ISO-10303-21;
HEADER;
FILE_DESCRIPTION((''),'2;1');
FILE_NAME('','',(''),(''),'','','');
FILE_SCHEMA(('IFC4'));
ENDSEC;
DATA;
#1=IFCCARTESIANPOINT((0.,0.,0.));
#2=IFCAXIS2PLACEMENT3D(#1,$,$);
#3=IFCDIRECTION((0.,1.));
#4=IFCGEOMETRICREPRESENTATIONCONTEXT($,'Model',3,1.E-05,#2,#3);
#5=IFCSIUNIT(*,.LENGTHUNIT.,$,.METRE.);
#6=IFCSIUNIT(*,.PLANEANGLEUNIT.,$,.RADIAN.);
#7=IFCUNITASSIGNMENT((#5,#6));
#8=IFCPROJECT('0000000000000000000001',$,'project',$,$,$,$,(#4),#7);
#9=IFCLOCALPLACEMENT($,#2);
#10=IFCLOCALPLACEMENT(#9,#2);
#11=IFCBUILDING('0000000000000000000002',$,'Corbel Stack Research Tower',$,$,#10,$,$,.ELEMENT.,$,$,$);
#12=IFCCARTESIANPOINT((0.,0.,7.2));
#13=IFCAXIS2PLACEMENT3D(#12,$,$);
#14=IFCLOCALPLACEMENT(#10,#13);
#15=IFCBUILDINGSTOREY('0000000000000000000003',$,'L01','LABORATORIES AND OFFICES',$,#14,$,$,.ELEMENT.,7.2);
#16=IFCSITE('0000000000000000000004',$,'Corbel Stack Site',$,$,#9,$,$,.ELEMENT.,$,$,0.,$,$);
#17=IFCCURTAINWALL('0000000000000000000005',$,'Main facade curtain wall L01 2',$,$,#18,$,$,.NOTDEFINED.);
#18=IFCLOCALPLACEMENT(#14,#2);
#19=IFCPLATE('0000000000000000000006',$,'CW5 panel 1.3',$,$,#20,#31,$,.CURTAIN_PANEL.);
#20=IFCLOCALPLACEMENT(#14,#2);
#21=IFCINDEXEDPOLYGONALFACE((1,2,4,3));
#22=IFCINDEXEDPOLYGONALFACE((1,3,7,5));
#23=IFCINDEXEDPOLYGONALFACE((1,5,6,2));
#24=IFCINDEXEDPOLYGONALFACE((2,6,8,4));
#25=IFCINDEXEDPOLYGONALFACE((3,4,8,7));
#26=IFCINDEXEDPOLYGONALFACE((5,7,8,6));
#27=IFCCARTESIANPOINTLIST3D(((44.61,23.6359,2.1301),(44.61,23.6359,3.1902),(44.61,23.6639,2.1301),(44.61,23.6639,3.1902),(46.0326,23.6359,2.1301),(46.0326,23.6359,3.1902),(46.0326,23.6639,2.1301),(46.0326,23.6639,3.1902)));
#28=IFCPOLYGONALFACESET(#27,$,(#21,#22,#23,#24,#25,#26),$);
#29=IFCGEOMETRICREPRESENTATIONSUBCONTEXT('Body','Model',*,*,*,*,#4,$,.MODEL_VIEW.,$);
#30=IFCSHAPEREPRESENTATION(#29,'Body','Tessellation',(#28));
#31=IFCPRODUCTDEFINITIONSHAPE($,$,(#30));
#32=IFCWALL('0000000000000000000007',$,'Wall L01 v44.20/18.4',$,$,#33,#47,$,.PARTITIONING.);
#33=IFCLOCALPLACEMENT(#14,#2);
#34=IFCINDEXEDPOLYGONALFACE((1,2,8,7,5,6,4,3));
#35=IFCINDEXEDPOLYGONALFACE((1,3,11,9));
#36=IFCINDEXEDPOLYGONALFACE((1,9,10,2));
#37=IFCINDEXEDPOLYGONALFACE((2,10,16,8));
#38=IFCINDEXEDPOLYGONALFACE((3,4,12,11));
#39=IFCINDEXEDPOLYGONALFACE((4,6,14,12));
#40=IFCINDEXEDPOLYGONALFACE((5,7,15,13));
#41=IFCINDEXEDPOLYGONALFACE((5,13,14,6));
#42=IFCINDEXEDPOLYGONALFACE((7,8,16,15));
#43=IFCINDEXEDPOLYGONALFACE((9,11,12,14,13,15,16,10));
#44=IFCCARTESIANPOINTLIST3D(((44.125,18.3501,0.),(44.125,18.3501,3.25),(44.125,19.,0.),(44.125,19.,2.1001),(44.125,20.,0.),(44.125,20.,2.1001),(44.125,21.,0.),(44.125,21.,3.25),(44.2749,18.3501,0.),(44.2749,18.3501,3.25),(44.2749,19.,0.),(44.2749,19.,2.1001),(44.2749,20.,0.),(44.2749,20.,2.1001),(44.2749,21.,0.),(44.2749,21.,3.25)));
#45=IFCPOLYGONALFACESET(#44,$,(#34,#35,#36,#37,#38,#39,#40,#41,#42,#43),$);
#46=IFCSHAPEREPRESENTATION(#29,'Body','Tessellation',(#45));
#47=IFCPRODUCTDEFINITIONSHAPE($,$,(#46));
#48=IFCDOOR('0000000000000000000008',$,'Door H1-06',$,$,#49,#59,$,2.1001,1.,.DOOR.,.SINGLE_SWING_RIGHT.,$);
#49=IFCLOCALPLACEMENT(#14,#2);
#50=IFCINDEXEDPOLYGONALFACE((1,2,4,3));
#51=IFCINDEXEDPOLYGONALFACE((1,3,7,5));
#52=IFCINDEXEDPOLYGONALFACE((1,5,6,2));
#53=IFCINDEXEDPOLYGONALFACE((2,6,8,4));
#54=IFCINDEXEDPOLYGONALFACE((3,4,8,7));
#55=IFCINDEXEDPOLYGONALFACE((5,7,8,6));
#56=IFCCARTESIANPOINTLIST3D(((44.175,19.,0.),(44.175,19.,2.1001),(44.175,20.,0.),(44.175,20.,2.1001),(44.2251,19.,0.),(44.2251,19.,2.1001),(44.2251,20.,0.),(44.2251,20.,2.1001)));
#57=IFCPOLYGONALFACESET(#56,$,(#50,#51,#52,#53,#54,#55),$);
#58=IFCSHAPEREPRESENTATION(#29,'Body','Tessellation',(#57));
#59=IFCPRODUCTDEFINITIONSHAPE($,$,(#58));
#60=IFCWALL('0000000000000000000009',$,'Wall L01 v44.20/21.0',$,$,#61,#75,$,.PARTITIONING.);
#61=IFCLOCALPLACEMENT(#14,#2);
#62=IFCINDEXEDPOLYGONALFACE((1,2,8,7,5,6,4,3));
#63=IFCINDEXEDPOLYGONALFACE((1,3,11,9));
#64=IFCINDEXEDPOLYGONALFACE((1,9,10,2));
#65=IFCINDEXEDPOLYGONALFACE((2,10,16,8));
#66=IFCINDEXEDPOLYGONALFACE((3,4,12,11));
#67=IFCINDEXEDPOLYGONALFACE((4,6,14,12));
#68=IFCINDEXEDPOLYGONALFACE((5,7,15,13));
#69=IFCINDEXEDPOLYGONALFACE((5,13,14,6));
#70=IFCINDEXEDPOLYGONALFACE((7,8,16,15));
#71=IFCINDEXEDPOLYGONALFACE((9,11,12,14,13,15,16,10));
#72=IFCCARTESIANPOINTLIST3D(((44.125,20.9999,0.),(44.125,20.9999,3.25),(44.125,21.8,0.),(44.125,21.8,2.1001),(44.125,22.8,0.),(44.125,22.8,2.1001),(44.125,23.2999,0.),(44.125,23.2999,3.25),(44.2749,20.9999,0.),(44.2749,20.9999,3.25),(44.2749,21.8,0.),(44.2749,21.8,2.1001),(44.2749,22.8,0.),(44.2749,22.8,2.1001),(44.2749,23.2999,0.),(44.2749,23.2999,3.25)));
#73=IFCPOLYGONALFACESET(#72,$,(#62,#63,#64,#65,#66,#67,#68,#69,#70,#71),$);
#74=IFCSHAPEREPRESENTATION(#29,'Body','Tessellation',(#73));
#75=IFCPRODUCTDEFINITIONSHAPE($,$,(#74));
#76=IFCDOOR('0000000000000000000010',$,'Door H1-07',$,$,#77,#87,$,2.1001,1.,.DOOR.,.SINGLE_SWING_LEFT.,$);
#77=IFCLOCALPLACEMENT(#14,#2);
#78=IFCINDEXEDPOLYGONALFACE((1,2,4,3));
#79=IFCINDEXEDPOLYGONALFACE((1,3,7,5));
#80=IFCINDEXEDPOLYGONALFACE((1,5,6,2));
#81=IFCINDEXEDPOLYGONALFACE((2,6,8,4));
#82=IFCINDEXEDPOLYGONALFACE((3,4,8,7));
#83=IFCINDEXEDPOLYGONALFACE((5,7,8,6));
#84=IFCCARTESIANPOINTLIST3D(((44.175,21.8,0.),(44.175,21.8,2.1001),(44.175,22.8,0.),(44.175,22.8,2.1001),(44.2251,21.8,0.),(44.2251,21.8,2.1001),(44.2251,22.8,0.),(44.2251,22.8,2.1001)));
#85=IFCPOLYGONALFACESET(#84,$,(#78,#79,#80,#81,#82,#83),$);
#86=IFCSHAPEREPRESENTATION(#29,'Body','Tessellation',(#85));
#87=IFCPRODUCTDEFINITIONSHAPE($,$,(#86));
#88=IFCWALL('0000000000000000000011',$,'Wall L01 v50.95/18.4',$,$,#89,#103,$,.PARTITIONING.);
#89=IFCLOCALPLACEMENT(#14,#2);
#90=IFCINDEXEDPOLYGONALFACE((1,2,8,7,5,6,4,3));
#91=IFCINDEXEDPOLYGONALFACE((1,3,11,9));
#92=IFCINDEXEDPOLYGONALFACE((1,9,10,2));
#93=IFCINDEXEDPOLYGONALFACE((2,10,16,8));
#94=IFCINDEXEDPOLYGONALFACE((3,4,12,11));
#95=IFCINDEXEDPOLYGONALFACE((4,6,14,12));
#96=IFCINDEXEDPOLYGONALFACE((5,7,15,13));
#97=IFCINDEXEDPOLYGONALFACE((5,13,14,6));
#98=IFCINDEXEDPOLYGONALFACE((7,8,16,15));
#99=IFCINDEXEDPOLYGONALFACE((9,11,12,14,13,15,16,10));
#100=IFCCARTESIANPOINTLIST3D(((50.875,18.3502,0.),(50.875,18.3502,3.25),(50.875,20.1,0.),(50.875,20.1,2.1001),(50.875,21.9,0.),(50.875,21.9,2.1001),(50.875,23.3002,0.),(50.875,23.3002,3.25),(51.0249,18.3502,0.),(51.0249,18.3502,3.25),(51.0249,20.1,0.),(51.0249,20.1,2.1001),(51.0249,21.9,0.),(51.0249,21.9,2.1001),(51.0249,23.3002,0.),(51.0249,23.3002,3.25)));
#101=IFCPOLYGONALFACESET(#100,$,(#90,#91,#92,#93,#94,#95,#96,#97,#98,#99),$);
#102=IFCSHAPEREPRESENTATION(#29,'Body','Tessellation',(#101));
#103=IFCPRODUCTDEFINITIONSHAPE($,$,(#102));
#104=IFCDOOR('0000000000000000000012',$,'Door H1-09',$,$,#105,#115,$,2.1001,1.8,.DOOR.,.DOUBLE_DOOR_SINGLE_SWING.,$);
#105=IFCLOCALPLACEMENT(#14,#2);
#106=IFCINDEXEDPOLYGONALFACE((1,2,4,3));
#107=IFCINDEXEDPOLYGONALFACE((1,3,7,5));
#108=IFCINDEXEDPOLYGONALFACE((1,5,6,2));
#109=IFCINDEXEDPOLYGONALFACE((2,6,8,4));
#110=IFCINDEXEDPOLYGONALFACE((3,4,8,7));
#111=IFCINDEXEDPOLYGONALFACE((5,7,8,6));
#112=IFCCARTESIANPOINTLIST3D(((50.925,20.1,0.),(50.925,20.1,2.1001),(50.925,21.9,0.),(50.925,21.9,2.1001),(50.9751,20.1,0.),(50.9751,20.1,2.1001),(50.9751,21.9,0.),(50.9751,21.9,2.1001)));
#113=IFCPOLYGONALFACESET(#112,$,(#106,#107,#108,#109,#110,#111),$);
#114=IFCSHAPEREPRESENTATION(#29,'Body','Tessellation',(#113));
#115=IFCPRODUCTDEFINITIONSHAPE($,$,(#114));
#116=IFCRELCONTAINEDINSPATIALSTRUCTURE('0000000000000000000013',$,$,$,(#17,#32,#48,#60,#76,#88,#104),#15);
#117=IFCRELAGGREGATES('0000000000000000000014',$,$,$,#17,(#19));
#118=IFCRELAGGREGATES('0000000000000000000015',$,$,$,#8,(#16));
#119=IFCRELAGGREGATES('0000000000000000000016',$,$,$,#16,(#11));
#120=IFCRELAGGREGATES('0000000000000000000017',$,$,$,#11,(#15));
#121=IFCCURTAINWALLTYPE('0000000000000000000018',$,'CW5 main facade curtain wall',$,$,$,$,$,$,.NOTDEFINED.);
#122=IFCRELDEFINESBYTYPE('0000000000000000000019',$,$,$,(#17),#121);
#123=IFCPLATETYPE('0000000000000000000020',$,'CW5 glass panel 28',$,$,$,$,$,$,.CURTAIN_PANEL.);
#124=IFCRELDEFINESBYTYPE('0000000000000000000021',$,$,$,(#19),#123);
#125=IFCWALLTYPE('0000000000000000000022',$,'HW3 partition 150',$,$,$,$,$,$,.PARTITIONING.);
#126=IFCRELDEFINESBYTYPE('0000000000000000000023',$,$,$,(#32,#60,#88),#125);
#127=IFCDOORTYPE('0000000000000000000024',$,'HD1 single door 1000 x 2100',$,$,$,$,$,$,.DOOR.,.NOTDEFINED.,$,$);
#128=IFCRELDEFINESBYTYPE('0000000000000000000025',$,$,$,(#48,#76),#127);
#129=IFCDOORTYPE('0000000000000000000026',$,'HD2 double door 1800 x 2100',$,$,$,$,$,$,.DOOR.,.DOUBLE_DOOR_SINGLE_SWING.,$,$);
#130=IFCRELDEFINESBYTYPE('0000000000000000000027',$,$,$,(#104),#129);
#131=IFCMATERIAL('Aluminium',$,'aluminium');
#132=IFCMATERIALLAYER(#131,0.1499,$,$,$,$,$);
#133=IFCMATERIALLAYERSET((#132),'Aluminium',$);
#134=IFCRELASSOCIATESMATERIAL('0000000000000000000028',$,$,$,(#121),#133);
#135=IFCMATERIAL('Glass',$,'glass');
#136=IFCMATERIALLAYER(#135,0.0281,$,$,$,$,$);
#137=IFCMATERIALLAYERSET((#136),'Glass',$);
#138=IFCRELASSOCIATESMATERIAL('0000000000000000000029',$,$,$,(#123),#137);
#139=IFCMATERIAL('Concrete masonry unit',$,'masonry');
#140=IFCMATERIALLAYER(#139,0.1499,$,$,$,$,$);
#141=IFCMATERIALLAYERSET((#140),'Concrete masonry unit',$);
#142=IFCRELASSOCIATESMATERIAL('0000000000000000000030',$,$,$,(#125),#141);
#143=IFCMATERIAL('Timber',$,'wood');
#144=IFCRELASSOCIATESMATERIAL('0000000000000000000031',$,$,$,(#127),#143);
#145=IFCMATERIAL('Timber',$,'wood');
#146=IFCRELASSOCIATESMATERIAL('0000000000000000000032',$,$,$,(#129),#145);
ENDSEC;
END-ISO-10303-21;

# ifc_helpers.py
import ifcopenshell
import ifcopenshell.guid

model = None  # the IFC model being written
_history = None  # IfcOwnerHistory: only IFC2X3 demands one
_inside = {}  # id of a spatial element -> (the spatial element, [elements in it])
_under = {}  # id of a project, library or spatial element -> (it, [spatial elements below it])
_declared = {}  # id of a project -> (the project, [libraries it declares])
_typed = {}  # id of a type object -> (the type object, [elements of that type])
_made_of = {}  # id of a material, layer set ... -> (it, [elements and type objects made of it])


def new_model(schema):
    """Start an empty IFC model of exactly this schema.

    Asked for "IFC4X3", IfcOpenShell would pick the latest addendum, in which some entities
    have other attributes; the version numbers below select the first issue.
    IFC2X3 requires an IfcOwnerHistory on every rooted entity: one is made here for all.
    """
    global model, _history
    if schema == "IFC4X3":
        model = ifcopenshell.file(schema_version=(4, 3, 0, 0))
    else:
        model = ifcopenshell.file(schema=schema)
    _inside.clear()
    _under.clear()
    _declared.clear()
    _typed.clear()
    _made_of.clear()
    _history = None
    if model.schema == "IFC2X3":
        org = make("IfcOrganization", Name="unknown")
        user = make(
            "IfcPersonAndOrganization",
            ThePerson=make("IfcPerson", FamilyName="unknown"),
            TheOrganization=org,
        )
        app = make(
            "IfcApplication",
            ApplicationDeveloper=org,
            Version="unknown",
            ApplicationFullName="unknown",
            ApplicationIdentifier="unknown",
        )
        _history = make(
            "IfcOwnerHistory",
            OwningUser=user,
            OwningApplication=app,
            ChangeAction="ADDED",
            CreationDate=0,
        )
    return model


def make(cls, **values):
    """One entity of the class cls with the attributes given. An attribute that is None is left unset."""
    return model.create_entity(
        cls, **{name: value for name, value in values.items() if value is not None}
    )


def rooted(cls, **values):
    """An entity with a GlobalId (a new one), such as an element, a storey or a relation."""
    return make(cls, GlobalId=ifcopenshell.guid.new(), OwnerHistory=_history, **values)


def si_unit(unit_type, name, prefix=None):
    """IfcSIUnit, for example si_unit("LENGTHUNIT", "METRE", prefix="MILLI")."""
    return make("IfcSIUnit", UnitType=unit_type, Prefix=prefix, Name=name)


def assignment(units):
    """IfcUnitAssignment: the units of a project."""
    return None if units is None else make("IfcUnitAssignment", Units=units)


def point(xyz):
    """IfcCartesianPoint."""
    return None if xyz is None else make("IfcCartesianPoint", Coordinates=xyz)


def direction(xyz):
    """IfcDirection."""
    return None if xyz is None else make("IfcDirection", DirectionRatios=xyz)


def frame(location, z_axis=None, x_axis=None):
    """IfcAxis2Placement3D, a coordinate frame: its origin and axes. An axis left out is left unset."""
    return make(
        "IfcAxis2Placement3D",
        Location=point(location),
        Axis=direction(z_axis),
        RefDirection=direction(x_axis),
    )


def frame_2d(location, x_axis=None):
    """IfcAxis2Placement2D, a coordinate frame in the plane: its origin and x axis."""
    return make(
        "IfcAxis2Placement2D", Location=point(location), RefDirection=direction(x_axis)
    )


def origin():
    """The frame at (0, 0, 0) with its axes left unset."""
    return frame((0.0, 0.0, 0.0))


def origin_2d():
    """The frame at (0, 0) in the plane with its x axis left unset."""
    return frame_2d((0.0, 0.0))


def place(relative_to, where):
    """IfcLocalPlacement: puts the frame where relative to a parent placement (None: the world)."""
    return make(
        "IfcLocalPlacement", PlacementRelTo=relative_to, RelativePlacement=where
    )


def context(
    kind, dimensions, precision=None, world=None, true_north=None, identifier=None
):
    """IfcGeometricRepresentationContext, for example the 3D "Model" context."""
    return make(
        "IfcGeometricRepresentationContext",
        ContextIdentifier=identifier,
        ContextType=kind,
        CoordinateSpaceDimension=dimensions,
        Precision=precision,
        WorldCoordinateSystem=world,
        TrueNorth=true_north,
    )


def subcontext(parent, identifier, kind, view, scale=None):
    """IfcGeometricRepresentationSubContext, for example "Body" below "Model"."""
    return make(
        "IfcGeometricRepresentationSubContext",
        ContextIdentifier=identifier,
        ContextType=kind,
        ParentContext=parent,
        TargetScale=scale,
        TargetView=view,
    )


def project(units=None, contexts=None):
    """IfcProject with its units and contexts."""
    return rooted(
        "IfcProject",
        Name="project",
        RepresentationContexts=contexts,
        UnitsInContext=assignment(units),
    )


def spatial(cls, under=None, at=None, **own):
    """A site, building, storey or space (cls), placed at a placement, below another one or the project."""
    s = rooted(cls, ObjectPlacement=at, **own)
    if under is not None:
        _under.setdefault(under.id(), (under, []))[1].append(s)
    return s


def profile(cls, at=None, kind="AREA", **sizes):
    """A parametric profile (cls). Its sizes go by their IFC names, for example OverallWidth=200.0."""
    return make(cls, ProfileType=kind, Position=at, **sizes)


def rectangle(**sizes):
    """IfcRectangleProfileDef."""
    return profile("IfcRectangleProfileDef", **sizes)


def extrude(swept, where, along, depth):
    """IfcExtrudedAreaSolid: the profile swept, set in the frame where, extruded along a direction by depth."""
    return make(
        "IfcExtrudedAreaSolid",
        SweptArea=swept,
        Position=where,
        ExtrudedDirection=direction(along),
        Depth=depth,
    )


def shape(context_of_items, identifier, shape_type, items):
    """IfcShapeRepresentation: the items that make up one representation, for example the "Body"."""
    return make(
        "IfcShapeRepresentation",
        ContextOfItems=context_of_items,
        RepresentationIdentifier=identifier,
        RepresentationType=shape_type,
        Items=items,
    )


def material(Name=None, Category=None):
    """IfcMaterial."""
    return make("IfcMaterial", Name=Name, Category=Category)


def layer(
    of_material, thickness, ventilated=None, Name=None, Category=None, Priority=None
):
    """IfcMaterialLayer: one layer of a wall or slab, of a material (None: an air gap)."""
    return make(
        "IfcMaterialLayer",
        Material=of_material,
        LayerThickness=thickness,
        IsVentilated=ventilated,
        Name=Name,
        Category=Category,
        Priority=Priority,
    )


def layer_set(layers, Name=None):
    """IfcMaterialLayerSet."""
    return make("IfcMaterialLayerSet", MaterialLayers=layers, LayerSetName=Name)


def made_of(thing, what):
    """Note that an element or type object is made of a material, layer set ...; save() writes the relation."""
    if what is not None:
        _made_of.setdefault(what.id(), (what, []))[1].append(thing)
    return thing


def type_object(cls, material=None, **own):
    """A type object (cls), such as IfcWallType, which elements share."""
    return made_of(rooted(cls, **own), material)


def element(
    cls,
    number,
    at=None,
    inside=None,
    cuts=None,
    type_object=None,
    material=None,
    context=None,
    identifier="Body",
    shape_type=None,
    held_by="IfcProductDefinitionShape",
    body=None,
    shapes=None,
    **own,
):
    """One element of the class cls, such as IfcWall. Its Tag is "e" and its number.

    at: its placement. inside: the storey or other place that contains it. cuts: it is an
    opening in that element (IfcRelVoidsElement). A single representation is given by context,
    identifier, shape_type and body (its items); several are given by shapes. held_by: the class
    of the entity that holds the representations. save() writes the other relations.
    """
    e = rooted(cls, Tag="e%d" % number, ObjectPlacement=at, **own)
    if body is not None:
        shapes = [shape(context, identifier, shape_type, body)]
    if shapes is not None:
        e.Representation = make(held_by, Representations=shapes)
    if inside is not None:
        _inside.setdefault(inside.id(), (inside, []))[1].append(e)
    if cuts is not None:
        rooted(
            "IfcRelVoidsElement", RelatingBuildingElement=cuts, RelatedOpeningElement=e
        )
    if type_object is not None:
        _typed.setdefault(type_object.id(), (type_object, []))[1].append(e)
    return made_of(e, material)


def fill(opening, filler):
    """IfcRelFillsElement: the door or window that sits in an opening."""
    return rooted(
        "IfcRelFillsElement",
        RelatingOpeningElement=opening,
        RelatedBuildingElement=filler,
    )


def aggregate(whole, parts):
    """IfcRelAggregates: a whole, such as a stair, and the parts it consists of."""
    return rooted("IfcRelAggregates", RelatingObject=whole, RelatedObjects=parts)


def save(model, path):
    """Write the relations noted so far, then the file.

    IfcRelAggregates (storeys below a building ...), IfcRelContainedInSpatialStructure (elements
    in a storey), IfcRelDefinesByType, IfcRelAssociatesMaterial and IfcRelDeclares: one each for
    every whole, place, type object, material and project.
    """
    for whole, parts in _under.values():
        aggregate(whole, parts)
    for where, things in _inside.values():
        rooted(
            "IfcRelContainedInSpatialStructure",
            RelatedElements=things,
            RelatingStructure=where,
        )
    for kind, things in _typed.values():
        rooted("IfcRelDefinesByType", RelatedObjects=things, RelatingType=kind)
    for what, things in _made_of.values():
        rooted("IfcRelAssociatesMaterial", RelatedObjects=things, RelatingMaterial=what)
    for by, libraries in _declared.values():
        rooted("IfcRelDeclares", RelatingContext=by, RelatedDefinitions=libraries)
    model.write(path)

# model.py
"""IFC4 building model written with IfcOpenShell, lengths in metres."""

from ifc_helpers import new_model, si_unit, direction, frame, frame_2d, origin, origin_2d, place, context, subcontext, project, spatial, rectangle, extrude, material, layer, layer_set, type_object, element, fill, aggregate, save


model = new_model("IFC4")

# Units and contexts
model_context = context("Model", 3, precision=1e-05, world=origin(), true_north=direction((0.0, 1.0)))
body_context = subcontext(model_context, "Body", "Model", "MODEL_VIEW")
ifc_project = project(units=[si_unit("LENGTHUNIT", "METRE"), si_unit("PLANEANGLEUNIT", "RADIAN")], contexts=[model_context])

# Site, building, storey
site_placement = place(None, origin())
site = spatial("IfcSite", under=ifc_project, at=site_placement, Name="Corbel Stack Site", CompositionType="ELEMENT", RefElevation=0.0)
building_placement = place(site_placement, origin())
building = spatial("IfcBuilding", under=site, at=building_placement, Name="Corbel Stack Research Tower", CompositionType="ELEMENT")
storey_placement = place(building_placement, frame((0.0, 0.0, 7.2)))
storey = spatial("IfcBuildingStorey", under=building, at=storey_placement, Name="L01", Description="LABORATORIES AND OFFICES", CompositionType="ELEMENT", Elevation=7.2)

# Curtain wall
ifc_material_1 = material(Name="Aluminium", Category="aluminium")
ifc_layer_1 = layer(ifc_material_1, 0.1499)
ifc_layer_set_1 = layer_set([ifc_layer_1], Name="Aluminium")
curtain_wall_type = type_object("IfcCurtainWallType", Name="CW5 main facade curtain wall", PredefinedType="NOTDEFINED", material=ifc_layer_set_1)
curtain_wall_placement = place(storey_placement, origin())
curtain_wall = element("IfcCurtainWall", 1, at=curtain_wall_placement, inside=storey, type_object=curtain_wall_type, Name="Main facade curtain wall L01 2", PredefinedType="NOTDEFINED")

# Plate
ifc_material_2 = material(Name="Glass", Category="glass")
ifc_layer_2 = layer(ifc_material_2, 0.0281)
ifc_layer_set_2 = layer_set([ifc_layer_2], Name="Glass")
plate_type = type_object("IfcPlateType", Name="CW5 glass panel 28", PredefinedType="CURTAIN_PANEL", material=ifc_layer_set_2)
plate_1_placement = place(storey_placement, frame((45.3213, 23.6499, 2.1301), z_axis=(0.0, 0.0, 1.0), x_axis=(1.0, 0.0, 0.0)))
plate_1 = element("IfcPlate", 2, at=plate_1_placement, type_object=plate_type, Name="CW5 panel 1.3", PredefinedType="CURTAIN_PANEL", context=body_context, shape_type="SweptSolid", body=[
    extrude(rectangle(XDim=1.4226, YDim=0.0281, at=origin_2d()), origin(), (0.0, 0.0, 1.0), 1.0601),
])
aggregate(curtain_wall, [plate_1])

# Walls, openings, doors
ifc_material_3 = material(Name="Concrete masonry unit", Category="masonry")
ifc_layer_3 = layer(ifc_material_3, 0.1499)
ifc_layer_set_3 = layer_set([ifc_layer_3], Name="Concrete masonry unit")
wall_type = type_object("IfcWallType", Name="HW3 partition 150", PredefinedType="PARTITIONING", material=ifc_layer_set_3)
wall_1_placement = place(storey_placement, frame((44.2, 18.3501, 0.0), z_axis=(0.0, 0.0, 1.0), x_axis=(0.0, 1.0, 0.0)))
wall_1 = element("IfcWall", 3, at=wall_1_placement, inside=storey, type_object=wall_type, Name="Wall L01 v44.20/18.4", PredefinedType="PARTITIONING", context=body_context, shape_type="SweptSolid", body=[
    extrude(rectangle(XDim=2.6499, YDim=0.1499, at=frame_2d((1.325, 0.0))), origin(), (0.0, 0.0, 1.0), 3.25),
])
opening_1_placement = place(wall_1_placement, frame((0.6499, 0.0, 0.0)))
opening_1 = element("IfcOpeningElement", 4, at=opening_1_placement, cuts=wall_1, PredefinedType="OPENING", context=body_context, shape_type="SweptSolid", body=[
    extrude(rectangle(XDim=1.0, YDim=2.1001, at=frame_2d((0.5, 1.05))), frame((0.0, 0.085, 0.0), z_axis=(0.0, -1.0, 0.0), x_axis=(1.0, 0.0, 0.0)), (0.0, 0.0, 1.0), 0.1699),
])
ifc_material_4 = material(Name="Timber", Category="wood")
door_type_1 = type_object("IfcDoorType", Name="HD1 single door 1000 x 2100", OperationType="NOTDEFINED", PredefinedType="DOOR", material=ifc_material_4)
door_1_placement = place(opening_1_placement, origin())
door_1 = element("IfcDoor", 5, at=door_1_placement, inside=storey, type_object=door_type_1, Name="Door H1-06", OperationType="SINGLE_SWING_RIGHT", OverallHeight=2.1001, OverallWidth=1.0, PredefinedType="DOOR", context=body_context, shape_type="SweptSolid", body=[
    extrude(rectangle(XDim=1.0, YDim=2.1001, at=frame_2d((0.5, 1.05))), frame((0.0, 0.0249, 0.0), z_axis=(0.0, -1.0, 0.0), x_axis=(1.0, 0.0, 0.0)), (0.0, 0.0, 1.0), 0.05),
])
fill(opening_1, door_1)
wall_2_placement = place(storey_placement, frame((44.2, 21.0, 0.0), z_axis=(0.0, 0.0, 1.0), x_axis=(0.0, 1.0, 0.0)))
wall_2 = element("IfcWall", 6, at=wall_2_placement, inside=storey, type_object=wall_type, Name="Wall L01 v44.20/21.0", PredefinedType="PARTITIONING", context=body_context, shape_type="SweptSolid", body=[
    extrude(rectangle(XDim=2.3, YDim=0.1499, at=frame_2d((1.1499, 0.0))), origin(), (0.0, 0.0, 1.0), 3.25),
])
opening_2_placement = place(wall_2_placement, frame((0.8, 0.0, 0.0)))
opening_2 = element("IfcOpeningElement", 7, at=opening_2_placement, cuts=wall_2, PredefinedType="OPENING", context=body_context, shape_type="SweptSolid", body=[
    extrude(rectangle(XDim=1.0, YDim=2.1001, at=frame_2d((0.5, 1.05))), frame((0.0, 0.085, 0.0), z_axis=(0.0, -1.0, 0.0), x_axis=(1.0, 0.0, 0.0)), (0.0, 0.0, 1.0), 0.1699),
])
door_2_placement = place(opening_2_placement, origin())
door_2 = element("IfcDoor", 8, at=door_2_placement, inside=storey, type_object=door_type_1, Name="Door H1-07", OperationType="SINGLE_SWING_LEFT", OverallHeight=2.1001, OverallWidth=1.0, PredefinedType="DOOR", context=body_context, shape_type="SweptSolid", body=[
    extrude(rectangle(XDim=1.0, YDim=2.1001, at=frame_2d((0.5, 1.05))), frame((0.0, 0.0249, 0.0), z_axis=(0.0, -1.0, 0.0), x_axis=(1.0, 0.0, 0.0)), (0.0, 0.0, 1.0), 0.05),
])
fill(opening_2, door_2)
wall_3_placement = place(storey_placement, frame((50.95, 18.3501, 0.0), z_axis=(0.0, 0.0, 1.0), x_axis=(0.0, 1.0, 0.0)))
wall_3 = element("IfcWall", 9, at=wall_3_placement, inside=storey, type_object=wall_type, Name="Wall L01 v50.95/18.4", PredefinedType="PARTITIONING", context=body_context, shape_type="SweptSolid", body=[
    extrude(rectangle(XDim=4.95, YDim=0.1499, at=frame_2d((2.4751, 0.0))), origin(), (0.0, 0.0, 1.0), 3.25),
])
opening_3_placement = place(wall_3_placement, frame((1.75, 0.0, 0.0)))
opening_3 = element("IfcOpeningElement", 10, at=opening_3_placement, cuts=wall_3, PredefinedType="OPENING", context=body_context, shape_type="SweptSolid", body=[
    extrude(rectangle(XDim=1.8, YDim=2.1001, at=frame_2d((0.8999, 1.05))), frame((0.0, 0.085, 0.0), z_axis=(0.0, -1.0, 0.0), x_axis=(1.0, 0.0, 0.0)), (0.0, 0.0, 1.0), 0.1699),
])
ifc_material_5 = material(Name="Timber", Category="wood")
door_type_2 = type_object("IfcDoorType", Name="HD2 double door 1800 x 2100", OperationType="DOUBLE_DOOR_SINGLE_SWING", PredefinedType="DOOR", material=ifc_material_5)
door_3_placement = place(opening_3_placement, origin())
door_3 = element("IfcDoor", 11, at=door_3_placement, inside=storey, type_object=door_type_2, Name="Door H1-09", OperationType="DOUBLE_DOOR_SINGLE_SWING", OverallHeight=2.1001, OverallWidth=1.8, PredefinedType="DOOR", context=body_context, shape_type="SweptSolid", body=[
    extrude(rectangle(XDim=1.8, YDim=2.1001, at=frame_2d((0.8999, 1.05))), frame((0.0, 0.0249, 0.0), z_axis=(0.0, -1.0, 0.0), x_axis=(1.0, 0.0, 0.0)), (0.0, 0.0, 1.0), 0.05),
])
fill(opening_3, door_3)

save(model, "model.ifc")
